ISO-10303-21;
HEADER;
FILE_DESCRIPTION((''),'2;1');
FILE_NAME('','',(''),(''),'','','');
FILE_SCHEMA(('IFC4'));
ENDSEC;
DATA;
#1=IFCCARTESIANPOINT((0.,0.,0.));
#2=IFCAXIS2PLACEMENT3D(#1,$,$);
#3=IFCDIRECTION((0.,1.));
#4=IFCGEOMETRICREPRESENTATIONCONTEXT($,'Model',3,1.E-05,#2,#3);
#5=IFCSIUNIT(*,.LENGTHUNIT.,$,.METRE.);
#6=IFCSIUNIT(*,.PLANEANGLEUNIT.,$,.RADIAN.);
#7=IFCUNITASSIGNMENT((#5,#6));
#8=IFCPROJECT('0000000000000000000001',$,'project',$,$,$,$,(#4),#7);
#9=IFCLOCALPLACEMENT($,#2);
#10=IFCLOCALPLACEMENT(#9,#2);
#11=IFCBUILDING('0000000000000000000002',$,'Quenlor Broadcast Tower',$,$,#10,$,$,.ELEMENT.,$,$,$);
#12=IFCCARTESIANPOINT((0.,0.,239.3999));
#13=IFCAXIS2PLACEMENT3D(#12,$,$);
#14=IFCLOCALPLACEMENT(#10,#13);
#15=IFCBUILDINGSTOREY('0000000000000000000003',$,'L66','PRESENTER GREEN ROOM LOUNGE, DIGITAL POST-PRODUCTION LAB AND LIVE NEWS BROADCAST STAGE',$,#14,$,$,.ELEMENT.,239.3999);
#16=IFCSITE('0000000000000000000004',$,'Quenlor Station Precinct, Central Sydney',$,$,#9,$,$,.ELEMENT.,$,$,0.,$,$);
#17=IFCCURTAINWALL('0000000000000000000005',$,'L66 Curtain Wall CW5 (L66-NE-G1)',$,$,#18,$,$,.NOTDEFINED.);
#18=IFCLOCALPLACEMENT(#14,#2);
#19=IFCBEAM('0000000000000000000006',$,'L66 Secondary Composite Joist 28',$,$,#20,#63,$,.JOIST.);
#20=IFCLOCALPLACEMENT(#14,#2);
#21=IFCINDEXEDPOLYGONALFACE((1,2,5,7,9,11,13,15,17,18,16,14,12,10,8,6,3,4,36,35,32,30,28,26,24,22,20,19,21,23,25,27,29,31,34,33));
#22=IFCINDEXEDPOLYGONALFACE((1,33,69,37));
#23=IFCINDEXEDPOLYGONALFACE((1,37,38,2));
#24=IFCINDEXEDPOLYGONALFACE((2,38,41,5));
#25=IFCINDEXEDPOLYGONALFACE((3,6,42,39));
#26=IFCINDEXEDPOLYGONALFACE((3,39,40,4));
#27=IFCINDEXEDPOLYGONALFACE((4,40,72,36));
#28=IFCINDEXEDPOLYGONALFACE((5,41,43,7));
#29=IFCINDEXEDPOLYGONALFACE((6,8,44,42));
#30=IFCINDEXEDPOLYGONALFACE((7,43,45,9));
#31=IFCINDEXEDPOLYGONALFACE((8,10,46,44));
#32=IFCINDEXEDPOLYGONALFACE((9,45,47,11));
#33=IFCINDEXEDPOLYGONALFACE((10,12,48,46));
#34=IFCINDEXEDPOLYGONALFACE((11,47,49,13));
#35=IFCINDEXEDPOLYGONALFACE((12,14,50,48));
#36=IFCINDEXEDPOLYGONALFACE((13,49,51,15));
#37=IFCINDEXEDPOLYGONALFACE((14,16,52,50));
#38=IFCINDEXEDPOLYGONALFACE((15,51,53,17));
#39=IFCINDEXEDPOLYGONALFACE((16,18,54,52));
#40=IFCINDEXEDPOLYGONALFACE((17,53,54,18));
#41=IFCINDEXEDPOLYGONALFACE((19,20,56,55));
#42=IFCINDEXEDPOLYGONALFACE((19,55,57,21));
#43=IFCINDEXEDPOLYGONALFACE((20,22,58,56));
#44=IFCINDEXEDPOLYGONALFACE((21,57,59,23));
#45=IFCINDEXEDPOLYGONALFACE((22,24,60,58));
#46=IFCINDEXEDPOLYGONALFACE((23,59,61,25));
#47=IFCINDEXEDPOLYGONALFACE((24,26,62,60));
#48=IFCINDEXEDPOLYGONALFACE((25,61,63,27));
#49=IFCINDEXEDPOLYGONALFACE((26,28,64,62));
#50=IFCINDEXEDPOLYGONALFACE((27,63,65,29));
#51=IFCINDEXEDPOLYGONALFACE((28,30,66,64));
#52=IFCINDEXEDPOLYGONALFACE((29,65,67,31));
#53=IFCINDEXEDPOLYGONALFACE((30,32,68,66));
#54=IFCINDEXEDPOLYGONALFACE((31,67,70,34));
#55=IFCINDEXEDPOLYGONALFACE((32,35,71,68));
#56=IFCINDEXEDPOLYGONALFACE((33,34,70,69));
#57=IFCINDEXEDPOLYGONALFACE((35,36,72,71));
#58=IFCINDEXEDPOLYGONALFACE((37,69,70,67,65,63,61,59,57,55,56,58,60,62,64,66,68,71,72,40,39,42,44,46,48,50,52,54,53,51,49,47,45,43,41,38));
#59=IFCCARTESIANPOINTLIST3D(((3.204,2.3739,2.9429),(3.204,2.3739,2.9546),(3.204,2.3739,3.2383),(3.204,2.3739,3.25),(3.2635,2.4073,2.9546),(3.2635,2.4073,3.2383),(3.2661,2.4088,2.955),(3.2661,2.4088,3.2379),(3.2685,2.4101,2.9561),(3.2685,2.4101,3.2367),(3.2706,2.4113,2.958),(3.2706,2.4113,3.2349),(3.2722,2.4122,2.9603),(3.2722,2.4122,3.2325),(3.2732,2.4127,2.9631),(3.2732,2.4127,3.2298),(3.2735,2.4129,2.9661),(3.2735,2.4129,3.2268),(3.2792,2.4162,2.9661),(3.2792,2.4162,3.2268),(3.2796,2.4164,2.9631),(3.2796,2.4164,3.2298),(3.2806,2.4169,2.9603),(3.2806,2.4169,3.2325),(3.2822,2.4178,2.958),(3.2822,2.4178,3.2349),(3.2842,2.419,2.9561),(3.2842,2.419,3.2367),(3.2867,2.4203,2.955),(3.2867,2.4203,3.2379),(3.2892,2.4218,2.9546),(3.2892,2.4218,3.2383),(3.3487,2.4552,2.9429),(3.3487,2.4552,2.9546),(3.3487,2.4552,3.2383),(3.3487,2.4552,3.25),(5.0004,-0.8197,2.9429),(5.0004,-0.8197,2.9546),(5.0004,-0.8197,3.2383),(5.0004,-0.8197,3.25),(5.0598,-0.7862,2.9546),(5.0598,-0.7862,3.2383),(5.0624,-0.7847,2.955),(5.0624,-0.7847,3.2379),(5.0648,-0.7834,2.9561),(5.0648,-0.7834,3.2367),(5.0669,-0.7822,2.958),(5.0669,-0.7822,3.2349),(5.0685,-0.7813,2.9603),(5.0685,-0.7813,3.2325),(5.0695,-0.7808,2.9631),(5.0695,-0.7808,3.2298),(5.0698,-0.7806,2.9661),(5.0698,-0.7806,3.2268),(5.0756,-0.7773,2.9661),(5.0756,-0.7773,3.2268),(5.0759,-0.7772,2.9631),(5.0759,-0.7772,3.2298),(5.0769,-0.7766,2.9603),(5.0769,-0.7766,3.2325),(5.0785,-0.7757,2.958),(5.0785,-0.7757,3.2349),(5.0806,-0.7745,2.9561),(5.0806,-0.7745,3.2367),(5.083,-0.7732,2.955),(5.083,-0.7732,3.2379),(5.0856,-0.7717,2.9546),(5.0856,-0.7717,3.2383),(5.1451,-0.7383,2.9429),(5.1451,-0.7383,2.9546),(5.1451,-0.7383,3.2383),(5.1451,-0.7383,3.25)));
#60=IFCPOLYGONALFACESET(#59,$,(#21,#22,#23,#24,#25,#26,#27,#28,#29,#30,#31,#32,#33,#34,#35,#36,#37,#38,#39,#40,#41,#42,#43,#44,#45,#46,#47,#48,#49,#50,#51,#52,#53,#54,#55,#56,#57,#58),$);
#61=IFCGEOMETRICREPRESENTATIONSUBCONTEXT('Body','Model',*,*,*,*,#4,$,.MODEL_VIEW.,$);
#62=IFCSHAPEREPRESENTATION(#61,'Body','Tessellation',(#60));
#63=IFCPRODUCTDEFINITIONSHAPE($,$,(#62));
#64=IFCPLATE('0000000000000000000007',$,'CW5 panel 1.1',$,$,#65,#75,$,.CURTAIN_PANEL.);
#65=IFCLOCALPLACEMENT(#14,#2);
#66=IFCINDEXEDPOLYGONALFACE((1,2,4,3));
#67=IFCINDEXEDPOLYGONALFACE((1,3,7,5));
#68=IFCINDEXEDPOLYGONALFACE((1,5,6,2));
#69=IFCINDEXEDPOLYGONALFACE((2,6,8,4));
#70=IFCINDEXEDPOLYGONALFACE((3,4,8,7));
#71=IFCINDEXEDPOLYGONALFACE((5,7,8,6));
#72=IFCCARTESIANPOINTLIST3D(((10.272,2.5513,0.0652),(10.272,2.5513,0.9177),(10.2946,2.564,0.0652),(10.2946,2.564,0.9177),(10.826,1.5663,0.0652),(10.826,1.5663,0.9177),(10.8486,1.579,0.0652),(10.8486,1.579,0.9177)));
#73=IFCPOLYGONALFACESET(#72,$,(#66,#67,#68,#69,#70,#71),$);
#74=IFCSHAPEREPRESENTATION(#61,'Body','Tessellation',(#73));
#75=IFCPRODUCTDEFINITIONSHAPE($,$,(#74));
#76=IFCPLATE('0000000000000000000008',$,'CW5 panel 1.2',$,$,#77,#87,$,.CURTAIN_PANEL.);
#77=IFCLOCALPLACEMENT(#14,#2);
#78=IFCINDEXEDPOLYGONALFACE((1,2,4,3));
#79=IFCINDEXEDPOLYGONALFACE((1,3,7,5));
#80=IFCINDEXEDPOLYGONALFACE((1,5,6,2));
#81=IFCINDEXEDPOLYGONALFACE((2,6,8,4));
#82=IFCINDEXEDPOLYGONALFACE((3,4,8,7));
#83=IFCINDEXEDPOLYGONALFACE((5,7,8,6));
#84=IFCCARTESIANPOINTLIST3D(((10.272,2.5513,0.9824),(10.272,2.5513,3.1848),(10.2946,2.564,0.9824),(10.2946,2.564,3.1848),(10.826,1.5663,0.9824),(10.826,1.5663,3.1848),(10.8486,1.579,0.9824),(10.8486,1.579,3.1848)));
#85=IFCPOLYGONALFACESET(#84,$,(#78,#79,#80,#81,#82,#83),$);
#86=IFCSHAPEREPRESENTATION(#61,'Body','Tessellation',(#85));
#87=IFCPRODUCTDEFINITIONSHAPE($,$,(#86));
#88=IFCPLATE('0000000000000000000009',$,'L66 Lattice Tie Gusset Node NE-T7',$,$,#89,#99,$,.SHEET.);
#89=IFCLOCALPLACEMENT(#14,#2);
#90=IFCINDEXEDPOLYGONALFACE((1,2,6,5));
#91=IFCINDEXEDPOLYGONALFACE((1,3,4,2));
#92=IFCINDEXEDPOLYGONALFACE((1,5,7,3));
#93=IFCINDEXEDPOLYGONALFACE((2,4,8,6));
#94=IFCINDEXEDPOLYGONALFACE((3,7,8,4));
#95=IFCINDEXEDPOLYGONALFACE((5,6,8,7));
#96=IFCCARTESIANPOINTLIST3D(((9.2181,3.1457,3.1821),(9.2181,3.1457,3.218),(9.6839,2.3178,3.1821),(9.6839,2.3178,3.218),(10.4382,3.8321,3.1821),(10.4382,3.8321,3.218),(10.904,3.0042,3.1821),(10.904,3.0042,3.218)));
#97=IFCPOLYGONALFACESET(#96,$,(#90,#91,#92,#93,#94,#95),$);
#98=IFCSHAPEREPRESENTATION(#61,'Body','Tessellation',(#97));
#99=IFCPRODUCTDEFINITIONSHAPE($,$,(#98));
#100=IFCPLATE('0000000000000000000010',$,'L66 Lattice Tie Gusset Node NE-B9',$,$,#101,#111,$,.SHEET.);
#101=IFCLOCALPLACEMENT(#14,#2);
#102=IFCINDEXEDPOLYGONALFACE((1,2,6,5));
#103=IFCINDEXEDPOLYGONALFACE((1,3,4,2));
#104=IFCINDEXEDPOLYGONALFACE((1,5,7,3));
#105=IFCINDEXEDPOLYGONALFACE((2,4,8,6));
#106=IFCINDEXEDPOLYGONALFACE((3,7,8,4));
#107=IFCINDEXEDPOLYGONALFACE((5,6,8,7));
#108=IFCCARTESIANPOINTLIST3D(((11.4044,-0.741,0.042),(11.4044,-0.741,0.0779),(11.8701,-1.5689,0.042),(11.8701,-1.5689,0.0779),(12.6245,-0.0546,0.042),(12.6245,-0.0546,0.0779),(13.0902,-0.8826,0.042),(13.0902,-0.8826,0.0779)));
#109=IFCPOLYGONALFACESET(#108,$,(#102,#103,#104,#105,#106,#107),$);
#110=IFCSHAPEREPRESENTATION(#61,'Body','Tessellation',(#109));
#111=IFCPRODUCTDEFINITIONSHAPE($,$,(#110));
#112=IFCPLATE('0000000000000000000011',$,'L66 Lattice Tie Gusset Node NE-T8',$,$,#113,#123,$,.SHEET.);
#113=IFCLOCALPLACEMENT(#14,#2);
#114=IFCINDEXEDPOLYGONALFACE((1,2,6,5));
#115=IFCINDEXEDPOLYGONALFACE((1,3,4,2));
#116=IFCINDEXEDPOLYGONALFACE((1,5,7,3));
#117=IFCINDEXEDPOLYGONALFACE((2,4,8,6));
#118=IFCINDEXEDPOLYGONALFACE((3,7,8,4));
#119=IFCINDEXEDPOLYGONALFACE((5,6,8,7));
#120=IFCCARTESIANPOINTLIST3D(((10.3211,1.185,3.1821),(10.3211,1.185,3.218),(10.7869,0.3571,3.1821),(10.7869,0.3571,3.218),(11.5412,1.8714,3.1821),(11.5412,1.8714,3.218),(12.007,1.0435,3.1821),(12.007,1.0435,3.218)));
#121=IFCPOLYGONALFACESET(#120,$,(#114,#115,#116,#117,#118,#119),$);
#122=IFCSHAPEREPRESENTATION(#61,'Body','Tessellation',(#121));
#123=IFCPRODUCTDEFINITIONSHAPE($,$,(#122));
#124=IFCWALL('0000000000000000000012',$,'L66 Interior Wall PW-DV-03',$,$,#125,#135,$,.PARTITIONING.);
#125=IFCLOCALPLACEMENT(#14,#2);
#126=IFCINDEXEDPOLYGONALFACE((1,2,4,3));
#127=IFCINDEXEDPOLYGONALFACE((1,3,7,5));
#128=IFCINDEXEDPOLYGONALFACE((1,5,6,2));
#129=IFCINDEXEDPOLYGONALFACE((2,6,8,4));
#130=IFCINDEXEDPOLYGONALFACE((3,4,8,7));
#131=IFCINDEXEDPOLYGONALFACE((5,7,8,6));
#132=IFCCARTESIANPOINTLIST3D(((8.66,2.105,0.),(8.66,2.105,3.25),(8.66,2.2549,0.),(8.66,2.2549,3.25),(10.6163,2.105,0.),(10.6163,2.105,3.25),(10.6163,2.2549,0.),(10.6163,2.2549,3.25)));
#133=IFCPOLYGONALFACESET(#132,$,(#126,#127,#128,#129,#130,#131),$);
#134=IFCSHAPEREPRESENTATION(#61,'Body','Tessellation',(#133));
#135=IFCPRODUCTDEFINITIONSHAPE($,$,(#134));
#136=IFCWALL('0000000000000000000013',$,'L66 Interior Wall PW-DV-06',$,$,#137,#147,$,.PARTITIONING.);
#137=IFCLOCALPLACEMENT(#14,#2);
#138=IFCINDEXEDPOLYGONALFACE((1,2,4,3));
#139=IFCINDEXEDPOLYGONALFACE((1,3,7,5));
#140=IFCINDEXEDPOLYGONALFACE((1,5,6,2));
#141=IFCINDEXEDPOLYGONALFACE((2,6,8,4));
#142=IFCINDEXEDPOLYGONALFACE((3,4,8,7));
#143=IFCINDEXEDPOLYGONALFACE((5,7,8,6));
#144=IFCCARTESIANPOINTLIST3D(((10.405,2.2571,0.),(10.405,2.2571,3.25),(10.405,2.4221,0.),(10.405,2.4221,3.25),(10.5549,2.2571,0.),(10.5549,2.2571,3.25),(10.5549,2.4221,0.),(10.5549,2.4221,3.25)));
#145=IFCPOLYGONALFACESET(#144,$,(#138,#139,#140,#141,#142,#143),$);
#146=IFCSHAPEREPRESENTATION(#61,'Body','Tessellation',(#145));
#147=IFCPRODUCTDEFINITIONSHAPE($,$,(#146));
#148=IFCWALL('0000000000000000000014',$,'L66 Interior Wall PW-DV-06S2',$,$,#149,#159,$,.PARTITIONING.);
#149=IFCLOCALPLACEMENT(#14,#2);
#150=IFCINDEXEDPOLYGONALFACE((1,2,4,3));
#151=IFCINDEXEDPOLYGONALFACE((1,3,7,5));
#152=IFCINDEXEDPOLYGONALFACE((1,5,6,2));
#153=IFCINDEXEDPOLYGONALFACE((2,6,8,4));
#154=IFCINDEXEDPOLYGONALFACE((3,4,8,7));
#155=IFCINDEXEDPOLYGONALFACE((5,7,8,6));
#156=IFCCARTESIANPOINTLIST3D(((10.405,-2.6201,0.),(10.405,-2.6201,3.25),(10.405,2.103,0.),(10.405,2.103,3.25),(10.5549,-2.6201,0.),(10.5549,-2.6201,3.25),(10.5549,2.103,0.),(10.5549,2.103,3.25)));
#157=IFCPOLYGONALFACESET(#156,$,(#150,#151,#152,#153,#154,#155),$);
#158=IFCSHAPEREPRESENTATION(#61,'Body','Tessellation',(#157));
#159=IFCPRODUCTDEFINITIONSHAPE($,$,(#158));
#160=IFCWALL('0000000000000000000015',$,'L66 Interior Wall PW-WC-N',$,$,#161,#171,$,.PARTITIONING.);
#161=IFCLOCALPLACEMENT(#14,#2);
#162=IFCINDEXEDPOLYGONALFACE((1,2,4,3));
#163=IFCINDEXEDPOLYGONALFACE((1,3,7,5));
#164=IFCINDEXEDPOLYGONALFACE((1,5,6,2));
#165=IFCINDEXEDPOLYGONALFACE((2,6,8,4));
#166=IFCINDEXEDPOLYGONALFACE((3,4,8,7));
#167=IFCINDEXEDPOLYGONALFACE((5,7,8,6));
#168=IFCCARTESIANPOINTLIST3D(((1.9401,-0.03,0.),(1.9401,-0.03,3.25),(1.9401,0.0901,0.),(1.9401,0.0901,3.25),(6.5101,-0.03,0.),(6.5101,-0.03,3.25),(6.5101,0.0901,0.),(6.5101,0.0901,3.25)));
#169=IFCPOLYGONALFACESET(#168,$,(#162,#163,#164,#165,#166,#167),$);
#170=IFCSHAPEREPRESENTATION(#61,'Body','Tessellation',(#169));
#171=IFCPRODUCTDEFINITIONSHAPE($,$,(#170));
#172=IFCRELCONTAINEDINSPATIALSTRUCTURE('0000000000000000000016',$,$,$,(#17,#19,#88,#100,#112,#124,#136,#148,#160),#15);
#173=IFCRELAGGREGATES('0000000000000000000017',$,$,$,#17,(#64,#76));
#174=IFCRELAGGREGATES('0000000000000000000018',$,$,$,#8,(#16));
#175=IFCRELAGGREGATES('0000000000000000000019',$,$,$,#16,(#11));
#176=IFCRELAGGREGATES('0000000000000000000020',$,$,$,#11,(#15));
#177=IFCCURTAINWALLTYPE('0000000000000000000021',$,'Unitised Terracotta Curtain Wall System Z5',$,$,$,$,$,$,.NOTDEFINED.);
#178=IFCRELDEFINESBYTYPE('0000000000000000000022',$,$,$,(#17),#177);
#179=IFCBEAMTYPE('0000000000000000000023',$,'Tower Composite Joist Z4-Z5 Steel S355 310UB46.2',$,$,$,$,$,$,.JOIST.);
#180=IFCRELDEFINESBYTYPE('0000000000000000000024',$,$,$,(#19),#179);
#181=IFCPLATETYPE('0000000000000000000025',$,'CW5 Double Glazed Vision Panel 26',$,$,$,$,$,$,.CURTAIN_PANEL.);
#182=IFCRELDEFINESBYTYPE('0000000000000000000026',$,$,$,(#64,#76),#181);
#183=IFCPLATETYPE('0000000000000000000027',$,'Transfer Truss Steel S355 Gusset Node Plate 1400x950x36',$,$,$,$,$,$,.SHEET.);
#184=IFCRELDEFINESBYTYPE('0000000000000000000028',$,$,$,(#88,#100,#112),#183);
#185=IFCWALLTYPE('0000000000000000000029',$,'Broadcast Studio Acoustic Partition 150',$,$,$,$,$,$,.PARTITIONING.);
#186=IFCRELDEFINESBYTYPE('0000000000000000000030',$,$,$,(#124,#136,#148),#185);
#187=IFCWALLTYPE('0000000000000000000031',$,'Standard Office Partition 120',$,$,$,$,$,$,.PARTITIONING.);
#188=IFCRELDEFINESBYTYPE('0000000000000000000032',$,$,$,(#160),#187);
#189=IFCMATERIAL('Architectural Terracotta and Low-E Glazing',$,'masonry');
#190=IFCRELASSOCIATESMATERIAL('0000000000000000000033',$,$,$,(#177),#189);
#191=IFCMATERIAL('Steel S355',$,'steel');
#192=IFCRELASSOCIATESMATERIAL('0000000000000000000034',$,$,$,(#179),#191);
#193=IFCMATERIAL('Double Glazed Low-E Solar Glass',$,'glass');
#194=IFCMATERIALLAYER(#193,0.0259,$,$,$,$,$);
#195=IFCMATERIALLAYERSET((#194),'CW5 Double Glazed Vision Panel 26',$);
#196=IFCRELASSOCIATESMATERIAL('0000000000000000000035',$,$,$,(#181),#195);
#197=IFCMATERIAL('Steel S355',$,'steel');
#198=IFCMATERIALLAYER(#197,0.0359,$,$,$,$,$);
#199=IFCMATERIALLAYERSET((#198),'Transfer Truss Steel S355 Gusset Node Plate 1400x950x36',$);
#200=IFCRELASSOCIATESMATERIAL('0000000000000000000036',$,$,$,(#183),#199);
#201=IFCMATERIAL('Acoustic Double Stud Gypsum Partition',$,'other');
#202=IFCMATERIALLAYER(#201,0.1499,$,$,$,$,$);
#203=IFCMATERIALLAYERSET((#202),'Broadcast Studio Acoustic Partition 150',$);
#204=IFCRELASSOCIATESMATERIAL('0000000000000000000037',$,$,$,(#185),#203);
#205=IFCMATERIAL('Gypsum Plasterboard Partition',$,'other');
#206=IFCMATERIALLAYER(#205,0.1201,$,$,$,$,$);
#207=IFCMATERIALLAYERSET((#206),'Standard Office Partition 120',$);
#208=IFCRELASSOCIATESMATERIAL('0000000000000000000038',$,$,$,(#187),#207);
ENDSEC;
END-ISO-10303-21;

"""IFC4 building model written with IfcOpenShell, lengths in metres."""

from ifc_helpers import new_model, si_unit, direction, frame, frame_2d, origin, origin_2d, place, context, subcontext, project, spatial, rectangle, i_section, extrude, material, layer, layer_set, material_profile, profile_set, type_object, element, aggregate, save


model = new_model("IFC4")

# Units and contexts
model_context = context("Model", 3, precision=1e-05, world=origin(), true_north=direction((0.0, 1.0)))
body_context = subcontext(model_context, "Body", "Model", "MODEL_VIEW")
ifc_project = project(units=[si_unit("LENGTHUNIT", "METRE"), si_unit("PLANEANGLEUNIT", "RADIAN")], contexts=[model_context])

# Site, building, storey
site_placement = place(None, origin())
site = spatial("IfcSite", under=ifc_project, at=site_placement, Name="Quenlor Station Precinct, Central Sydney", CompositionType="ELEMENT", RefElevation=0.0)
building_placement = place(site_placement, origin())
building = spatial("IfcBuilding", under=site, at=building_placement, Name="Quenlor Broadcast Tower", CompositionType="ELEMENT")
storey_placement = place(building_placement, frame((0.0, 0.0, 239.3999)))
storey = spatial("IfcBuildingStorey", under=building, at=storey_placement, Name="L66", Description="PRESENTER GREEN ROOM LOUNGE, DIGITAL POST-PRODUCTION LAB AND LIVE NEWS BROADCAST STAGE", CompositionType="ELEMENT", Elevation=239.3999)

# Curtain wall
ifc_material_1 = material(Name="Architectural Terracotta and Low-E Glazing", Category="masonry")
curtain_wall_type = type_object("IfcCurtainWallType", Name="Unitised Terracotta Curtain Wall System Z5", PredefinedType="NOTDEFINED", material=ifc_material_1)
curtain_wall_placement = place(storey_placement, origin())
curtain_wall = element("IfcCurtainWall", 1, at=curtain_wall_placement, inside=storey, type_object=curtain_wall_type, Name="L66 Curtain Wall CW5 (L66-NE-G1)", PredefinedType="NOTDEFINED")

# Beam
ifc_material_2 = material(Name="Steel S355", Category="steel")
ifc_material_profile_1 = material_profile(ifc_material_2, i_section(OverallWidth=0.166, OverallDepth=0.3071, WebThickness=0.0066, FlangeThickness=0.0117, FilletRadius=0.0115, at=origin_2d()))
ifc_profile_set_1 = profile_set([ifc_material_profile_1], Name="Steel S355 310UB46.2")
beam_type_1 = type_object("IfcBeamType", Name="Tower Composite Joist Z4-Z5 Steel S355 310UB46.2", PredefinedType="JOIST", material=ifc_profile_set_1)
beam_1_placement = place(storey_placement, frame((3.2764, 2.4146, 3.0964), z_axis=(0.490258, -0.871577, 0.0), x_axis=(0.871577, 0.490258, 0.0)))
element("IfcBeam", 2, at=beam_1_placement, inside=storey, type_object=beam_type_1, Name="L66 Secondary Composite Joist 28", PredefinedType="JOIST", context=body_context, shape_type="SweptSolid", body=[
    extrude(i_section(OverallWidth=0.166, OverallDepth=0.3071, WebThickness=0.0066, FlangeThickness=0.0117, FilletRadius=0.0115, at=origin_2d()), origin(), (0.0, 0.0, 1.0), 3.6641),
])

# Plates
ifc_material_3 = material(Name="Double Glazed Low-E Solar Glass", Category="glass")
ifc_layer_1 = layer(ifc_material_3, 0.0259)
ifc_layer_set_1 = layer_set([ifc_layer_1], Name="CW5 Double Glazed Vision Panel 26")
plate_type_1 = type_object("IfcPlateType", Name="CW5 Double Glazed Vision Panel 26", PredefinedType="CURTAIN_PANEL", material=ifc_layer_set_1)
plate_1_placement = place(storey_placement, frame((10.5603, 2.0652, 0.0652), z_axis=(0.0, 0.0, 1.0), x_axis=(0.490231, -0.871592, 0.0)))
plate_1 = element("IfcPlate", 3, at=plate_1_placement, type_object=plate_type_1, Name="CW5 panel 1.1", PredefinedType="CURTAIN_PANEL", context=body_context, shape_type="SweptSolid", body=[
    extrude(rectangle(XDim=1.1301, YDim=0.0259, at=origin_2d()), origin(), (0.0, 0.0, 1.0), 0.8525),
])
plate_2_placement = place(storey_placement, frame((10.5603, 2.0652, 0.9824), z_axis=(0.0, 0.0, 1.0), x_axis=(0.490231, -0.871592, 0.0)))
plate_2 = element("IfcPlate", 4, at=plate_2_placement, type_object=plate_type_1, Name="CW5 panel 1.2", PredefinedType="CURTAIN_PANEL", context=body_context, shape_type="SweptSolid", body=[
    extrude(rectangle(XDim=1.1301, YDim=0.0259, at=origin_2d()), origin(), (0.0, 0.0, 1.0), 2.2024),
])
aggregate(curtain_wall, [plate_1, plate_2])

# Plates
ifc_material_4 = material(Name="Steel S355", Category="steel")
ifc_layer_2 = layer(ifc_material_4, 0.0359)
ifc_layer_set_2 = layer_set([ifc_layer_2], Name="Transfer Truss Steel S355 Gusset Node Plate 1400x950x36")
plate_type_2 = type_object("IfcPlateType", Name="Transfer Truss Steel S355 Gusset Node Plate 1400x950x36", PredefinedType="SHEET", material=ifc_layer_set_2)
for number, where, z_axis, x_axis, name in (
    (5, (10.061, 3.075, 3.1821), (0.0, 0.0, 1.0), (0.871556, 0.490295, 0.0), "L66 Lattice Tie Gusset Node NE-T7"),
    (6, (12.2473, -0.8118, 0.042), (0.0, 0.0, 1.0), (0.871556, 0.490295, 0.0), "L66 Lattice Tie Gusset Node NE-B9"),
    (7, (11.1641, 1.1143, 3.1821), (0.0, 0.0, 1.0), (0.871556, 0.490295, 0.0), "L66 Lattice Tie Gusset Node NE-T8"),
):
    element("IfcPlate", number, at=place(storey_placement, frame(where, z_axis=z_axis, x_axis=x_axis)), inside=storey, type_object=plate_type_2, Name=name, PredefinedType="SHEET", context=body_context, shape_type="SweptSolid", body=[
        extrude(rectangle(XDim=1.3999, YDim=0.95, at=origin_2d()), origin(), (0.0, 0.0, 1.0), 0.0359),
    ])

# Walls
ifc_material_5 = material(Name="Acoustic Double Stud Gypsum Partition", Category="other")
ifc_layer_3 = layer(ifc_material_5, 0.1499)
ifc_layer_set_3 = layer_set([ifc_layer_3], Name="Broadcast Studio Acoustic Partition 150")
wall_type_1 = type_object("IfcWallType", Name="Broadcast Studio Acoustic Partition 150", PredefinedType="PARTITIONING", material=ifc_layer_set_3)
wall_1_placement = place(storey_placement, frame((10.6162, 2.1799, 0.0), z_axis=(0.0, 0.0, 1.0), x_axis=(-1.0, 0.0, 0.0)))
element("IfcWall", 8, at=wall_1_placement, inside=storey, type_object=wall_type_1, Name="L66 Interior Wall PW-DV-03", PredefinedType="PARTITIONING", context=body_context, shape_type="SweptSolid", body=[
    extrude(rectangle(XDim=1.9563, YDim=0.1499, at=frame_2d((0.978, 0.0))), origin(), (0.0, 0.0, 1.0), 3.25),
])
wall_2_placement = place(storey_placement, frame((10.48, 2.4221, 0.0), z_axis=(0.0, 0.0, 1.0), x_axis=(0.0, -1.0, 0.0)))
element("IfcWall", 9, at=wall_2_placement, inside=storey, type_object=wall_type_1, Name="L66 Interior Wall PW-DV-06", PredefinedType="PARTITIONING", context=body_context, shape_type="SweptSolid", body=[
    extrude(rectangle(XDim=0.165, YDim=0.1499, at=frame_2d((0.0825, 0.0))), origin(), (0.0, 0.0, 1.0), 3.25),
])
wall_3_placement = place(storey_placement, frame((10.48, 2.103, 0.0), z_axis=(0.0, 0.0, 1.0), x_axis=(0.0, -1.0, 0.0)))
element("IfcWall", 10, at=wall_3_placement, inside=storey, type_object=wall_type_1, Name="L66 Interior Wall PW-DV-06S2", PredefinedType="PARTITIONING", context=body_context, shape_type="SweptSolid", body=[
    extrude(rectangle(XDim=4.7231, YDim=0.1499, at=frame_2d((2.3616, 0.0))), origin(), (0.0, 0.0, 1.0), 3.25),
])
ifc_material_6 = material(Name="Gypsum Plasterboard Partition", Category="other")
ifc_layer_4 = layer(ifc_material_6, 0.1201)
ifc_layer_set_4 = layer_set([ifc_layer_4], Name="Standard Office Partition 120")
wall_type_2 = type_object("IfcWallType", Name="Standard Office Partition 120", PredefinedType="PARTITIONING", material=ifc_layer_set_4)
wall_4_placement = place(storey_placement, frame((1.9399, 0.03, 0.0), z_axis=(0.0, 0.0, 1.0), x_axis=(1.0, 0.0, 0.0)))
element("IfcWall", 11, at=wall_4_placement, inside=storey, type_object=wall_type_2, Name="L66 Interior Wall PW-WC-N", PredefinedType="PARTITIONING", context=body_context, shape_type="SweptSolid", body=[
    extrude(rectangle(XDim=4.5701, YDim=0.1201, at=frame_2d((2.2852, 0.0))), origin(), (0.0, 0.0, 1.0), 3.25),
])

save(model, "model.ifc")
